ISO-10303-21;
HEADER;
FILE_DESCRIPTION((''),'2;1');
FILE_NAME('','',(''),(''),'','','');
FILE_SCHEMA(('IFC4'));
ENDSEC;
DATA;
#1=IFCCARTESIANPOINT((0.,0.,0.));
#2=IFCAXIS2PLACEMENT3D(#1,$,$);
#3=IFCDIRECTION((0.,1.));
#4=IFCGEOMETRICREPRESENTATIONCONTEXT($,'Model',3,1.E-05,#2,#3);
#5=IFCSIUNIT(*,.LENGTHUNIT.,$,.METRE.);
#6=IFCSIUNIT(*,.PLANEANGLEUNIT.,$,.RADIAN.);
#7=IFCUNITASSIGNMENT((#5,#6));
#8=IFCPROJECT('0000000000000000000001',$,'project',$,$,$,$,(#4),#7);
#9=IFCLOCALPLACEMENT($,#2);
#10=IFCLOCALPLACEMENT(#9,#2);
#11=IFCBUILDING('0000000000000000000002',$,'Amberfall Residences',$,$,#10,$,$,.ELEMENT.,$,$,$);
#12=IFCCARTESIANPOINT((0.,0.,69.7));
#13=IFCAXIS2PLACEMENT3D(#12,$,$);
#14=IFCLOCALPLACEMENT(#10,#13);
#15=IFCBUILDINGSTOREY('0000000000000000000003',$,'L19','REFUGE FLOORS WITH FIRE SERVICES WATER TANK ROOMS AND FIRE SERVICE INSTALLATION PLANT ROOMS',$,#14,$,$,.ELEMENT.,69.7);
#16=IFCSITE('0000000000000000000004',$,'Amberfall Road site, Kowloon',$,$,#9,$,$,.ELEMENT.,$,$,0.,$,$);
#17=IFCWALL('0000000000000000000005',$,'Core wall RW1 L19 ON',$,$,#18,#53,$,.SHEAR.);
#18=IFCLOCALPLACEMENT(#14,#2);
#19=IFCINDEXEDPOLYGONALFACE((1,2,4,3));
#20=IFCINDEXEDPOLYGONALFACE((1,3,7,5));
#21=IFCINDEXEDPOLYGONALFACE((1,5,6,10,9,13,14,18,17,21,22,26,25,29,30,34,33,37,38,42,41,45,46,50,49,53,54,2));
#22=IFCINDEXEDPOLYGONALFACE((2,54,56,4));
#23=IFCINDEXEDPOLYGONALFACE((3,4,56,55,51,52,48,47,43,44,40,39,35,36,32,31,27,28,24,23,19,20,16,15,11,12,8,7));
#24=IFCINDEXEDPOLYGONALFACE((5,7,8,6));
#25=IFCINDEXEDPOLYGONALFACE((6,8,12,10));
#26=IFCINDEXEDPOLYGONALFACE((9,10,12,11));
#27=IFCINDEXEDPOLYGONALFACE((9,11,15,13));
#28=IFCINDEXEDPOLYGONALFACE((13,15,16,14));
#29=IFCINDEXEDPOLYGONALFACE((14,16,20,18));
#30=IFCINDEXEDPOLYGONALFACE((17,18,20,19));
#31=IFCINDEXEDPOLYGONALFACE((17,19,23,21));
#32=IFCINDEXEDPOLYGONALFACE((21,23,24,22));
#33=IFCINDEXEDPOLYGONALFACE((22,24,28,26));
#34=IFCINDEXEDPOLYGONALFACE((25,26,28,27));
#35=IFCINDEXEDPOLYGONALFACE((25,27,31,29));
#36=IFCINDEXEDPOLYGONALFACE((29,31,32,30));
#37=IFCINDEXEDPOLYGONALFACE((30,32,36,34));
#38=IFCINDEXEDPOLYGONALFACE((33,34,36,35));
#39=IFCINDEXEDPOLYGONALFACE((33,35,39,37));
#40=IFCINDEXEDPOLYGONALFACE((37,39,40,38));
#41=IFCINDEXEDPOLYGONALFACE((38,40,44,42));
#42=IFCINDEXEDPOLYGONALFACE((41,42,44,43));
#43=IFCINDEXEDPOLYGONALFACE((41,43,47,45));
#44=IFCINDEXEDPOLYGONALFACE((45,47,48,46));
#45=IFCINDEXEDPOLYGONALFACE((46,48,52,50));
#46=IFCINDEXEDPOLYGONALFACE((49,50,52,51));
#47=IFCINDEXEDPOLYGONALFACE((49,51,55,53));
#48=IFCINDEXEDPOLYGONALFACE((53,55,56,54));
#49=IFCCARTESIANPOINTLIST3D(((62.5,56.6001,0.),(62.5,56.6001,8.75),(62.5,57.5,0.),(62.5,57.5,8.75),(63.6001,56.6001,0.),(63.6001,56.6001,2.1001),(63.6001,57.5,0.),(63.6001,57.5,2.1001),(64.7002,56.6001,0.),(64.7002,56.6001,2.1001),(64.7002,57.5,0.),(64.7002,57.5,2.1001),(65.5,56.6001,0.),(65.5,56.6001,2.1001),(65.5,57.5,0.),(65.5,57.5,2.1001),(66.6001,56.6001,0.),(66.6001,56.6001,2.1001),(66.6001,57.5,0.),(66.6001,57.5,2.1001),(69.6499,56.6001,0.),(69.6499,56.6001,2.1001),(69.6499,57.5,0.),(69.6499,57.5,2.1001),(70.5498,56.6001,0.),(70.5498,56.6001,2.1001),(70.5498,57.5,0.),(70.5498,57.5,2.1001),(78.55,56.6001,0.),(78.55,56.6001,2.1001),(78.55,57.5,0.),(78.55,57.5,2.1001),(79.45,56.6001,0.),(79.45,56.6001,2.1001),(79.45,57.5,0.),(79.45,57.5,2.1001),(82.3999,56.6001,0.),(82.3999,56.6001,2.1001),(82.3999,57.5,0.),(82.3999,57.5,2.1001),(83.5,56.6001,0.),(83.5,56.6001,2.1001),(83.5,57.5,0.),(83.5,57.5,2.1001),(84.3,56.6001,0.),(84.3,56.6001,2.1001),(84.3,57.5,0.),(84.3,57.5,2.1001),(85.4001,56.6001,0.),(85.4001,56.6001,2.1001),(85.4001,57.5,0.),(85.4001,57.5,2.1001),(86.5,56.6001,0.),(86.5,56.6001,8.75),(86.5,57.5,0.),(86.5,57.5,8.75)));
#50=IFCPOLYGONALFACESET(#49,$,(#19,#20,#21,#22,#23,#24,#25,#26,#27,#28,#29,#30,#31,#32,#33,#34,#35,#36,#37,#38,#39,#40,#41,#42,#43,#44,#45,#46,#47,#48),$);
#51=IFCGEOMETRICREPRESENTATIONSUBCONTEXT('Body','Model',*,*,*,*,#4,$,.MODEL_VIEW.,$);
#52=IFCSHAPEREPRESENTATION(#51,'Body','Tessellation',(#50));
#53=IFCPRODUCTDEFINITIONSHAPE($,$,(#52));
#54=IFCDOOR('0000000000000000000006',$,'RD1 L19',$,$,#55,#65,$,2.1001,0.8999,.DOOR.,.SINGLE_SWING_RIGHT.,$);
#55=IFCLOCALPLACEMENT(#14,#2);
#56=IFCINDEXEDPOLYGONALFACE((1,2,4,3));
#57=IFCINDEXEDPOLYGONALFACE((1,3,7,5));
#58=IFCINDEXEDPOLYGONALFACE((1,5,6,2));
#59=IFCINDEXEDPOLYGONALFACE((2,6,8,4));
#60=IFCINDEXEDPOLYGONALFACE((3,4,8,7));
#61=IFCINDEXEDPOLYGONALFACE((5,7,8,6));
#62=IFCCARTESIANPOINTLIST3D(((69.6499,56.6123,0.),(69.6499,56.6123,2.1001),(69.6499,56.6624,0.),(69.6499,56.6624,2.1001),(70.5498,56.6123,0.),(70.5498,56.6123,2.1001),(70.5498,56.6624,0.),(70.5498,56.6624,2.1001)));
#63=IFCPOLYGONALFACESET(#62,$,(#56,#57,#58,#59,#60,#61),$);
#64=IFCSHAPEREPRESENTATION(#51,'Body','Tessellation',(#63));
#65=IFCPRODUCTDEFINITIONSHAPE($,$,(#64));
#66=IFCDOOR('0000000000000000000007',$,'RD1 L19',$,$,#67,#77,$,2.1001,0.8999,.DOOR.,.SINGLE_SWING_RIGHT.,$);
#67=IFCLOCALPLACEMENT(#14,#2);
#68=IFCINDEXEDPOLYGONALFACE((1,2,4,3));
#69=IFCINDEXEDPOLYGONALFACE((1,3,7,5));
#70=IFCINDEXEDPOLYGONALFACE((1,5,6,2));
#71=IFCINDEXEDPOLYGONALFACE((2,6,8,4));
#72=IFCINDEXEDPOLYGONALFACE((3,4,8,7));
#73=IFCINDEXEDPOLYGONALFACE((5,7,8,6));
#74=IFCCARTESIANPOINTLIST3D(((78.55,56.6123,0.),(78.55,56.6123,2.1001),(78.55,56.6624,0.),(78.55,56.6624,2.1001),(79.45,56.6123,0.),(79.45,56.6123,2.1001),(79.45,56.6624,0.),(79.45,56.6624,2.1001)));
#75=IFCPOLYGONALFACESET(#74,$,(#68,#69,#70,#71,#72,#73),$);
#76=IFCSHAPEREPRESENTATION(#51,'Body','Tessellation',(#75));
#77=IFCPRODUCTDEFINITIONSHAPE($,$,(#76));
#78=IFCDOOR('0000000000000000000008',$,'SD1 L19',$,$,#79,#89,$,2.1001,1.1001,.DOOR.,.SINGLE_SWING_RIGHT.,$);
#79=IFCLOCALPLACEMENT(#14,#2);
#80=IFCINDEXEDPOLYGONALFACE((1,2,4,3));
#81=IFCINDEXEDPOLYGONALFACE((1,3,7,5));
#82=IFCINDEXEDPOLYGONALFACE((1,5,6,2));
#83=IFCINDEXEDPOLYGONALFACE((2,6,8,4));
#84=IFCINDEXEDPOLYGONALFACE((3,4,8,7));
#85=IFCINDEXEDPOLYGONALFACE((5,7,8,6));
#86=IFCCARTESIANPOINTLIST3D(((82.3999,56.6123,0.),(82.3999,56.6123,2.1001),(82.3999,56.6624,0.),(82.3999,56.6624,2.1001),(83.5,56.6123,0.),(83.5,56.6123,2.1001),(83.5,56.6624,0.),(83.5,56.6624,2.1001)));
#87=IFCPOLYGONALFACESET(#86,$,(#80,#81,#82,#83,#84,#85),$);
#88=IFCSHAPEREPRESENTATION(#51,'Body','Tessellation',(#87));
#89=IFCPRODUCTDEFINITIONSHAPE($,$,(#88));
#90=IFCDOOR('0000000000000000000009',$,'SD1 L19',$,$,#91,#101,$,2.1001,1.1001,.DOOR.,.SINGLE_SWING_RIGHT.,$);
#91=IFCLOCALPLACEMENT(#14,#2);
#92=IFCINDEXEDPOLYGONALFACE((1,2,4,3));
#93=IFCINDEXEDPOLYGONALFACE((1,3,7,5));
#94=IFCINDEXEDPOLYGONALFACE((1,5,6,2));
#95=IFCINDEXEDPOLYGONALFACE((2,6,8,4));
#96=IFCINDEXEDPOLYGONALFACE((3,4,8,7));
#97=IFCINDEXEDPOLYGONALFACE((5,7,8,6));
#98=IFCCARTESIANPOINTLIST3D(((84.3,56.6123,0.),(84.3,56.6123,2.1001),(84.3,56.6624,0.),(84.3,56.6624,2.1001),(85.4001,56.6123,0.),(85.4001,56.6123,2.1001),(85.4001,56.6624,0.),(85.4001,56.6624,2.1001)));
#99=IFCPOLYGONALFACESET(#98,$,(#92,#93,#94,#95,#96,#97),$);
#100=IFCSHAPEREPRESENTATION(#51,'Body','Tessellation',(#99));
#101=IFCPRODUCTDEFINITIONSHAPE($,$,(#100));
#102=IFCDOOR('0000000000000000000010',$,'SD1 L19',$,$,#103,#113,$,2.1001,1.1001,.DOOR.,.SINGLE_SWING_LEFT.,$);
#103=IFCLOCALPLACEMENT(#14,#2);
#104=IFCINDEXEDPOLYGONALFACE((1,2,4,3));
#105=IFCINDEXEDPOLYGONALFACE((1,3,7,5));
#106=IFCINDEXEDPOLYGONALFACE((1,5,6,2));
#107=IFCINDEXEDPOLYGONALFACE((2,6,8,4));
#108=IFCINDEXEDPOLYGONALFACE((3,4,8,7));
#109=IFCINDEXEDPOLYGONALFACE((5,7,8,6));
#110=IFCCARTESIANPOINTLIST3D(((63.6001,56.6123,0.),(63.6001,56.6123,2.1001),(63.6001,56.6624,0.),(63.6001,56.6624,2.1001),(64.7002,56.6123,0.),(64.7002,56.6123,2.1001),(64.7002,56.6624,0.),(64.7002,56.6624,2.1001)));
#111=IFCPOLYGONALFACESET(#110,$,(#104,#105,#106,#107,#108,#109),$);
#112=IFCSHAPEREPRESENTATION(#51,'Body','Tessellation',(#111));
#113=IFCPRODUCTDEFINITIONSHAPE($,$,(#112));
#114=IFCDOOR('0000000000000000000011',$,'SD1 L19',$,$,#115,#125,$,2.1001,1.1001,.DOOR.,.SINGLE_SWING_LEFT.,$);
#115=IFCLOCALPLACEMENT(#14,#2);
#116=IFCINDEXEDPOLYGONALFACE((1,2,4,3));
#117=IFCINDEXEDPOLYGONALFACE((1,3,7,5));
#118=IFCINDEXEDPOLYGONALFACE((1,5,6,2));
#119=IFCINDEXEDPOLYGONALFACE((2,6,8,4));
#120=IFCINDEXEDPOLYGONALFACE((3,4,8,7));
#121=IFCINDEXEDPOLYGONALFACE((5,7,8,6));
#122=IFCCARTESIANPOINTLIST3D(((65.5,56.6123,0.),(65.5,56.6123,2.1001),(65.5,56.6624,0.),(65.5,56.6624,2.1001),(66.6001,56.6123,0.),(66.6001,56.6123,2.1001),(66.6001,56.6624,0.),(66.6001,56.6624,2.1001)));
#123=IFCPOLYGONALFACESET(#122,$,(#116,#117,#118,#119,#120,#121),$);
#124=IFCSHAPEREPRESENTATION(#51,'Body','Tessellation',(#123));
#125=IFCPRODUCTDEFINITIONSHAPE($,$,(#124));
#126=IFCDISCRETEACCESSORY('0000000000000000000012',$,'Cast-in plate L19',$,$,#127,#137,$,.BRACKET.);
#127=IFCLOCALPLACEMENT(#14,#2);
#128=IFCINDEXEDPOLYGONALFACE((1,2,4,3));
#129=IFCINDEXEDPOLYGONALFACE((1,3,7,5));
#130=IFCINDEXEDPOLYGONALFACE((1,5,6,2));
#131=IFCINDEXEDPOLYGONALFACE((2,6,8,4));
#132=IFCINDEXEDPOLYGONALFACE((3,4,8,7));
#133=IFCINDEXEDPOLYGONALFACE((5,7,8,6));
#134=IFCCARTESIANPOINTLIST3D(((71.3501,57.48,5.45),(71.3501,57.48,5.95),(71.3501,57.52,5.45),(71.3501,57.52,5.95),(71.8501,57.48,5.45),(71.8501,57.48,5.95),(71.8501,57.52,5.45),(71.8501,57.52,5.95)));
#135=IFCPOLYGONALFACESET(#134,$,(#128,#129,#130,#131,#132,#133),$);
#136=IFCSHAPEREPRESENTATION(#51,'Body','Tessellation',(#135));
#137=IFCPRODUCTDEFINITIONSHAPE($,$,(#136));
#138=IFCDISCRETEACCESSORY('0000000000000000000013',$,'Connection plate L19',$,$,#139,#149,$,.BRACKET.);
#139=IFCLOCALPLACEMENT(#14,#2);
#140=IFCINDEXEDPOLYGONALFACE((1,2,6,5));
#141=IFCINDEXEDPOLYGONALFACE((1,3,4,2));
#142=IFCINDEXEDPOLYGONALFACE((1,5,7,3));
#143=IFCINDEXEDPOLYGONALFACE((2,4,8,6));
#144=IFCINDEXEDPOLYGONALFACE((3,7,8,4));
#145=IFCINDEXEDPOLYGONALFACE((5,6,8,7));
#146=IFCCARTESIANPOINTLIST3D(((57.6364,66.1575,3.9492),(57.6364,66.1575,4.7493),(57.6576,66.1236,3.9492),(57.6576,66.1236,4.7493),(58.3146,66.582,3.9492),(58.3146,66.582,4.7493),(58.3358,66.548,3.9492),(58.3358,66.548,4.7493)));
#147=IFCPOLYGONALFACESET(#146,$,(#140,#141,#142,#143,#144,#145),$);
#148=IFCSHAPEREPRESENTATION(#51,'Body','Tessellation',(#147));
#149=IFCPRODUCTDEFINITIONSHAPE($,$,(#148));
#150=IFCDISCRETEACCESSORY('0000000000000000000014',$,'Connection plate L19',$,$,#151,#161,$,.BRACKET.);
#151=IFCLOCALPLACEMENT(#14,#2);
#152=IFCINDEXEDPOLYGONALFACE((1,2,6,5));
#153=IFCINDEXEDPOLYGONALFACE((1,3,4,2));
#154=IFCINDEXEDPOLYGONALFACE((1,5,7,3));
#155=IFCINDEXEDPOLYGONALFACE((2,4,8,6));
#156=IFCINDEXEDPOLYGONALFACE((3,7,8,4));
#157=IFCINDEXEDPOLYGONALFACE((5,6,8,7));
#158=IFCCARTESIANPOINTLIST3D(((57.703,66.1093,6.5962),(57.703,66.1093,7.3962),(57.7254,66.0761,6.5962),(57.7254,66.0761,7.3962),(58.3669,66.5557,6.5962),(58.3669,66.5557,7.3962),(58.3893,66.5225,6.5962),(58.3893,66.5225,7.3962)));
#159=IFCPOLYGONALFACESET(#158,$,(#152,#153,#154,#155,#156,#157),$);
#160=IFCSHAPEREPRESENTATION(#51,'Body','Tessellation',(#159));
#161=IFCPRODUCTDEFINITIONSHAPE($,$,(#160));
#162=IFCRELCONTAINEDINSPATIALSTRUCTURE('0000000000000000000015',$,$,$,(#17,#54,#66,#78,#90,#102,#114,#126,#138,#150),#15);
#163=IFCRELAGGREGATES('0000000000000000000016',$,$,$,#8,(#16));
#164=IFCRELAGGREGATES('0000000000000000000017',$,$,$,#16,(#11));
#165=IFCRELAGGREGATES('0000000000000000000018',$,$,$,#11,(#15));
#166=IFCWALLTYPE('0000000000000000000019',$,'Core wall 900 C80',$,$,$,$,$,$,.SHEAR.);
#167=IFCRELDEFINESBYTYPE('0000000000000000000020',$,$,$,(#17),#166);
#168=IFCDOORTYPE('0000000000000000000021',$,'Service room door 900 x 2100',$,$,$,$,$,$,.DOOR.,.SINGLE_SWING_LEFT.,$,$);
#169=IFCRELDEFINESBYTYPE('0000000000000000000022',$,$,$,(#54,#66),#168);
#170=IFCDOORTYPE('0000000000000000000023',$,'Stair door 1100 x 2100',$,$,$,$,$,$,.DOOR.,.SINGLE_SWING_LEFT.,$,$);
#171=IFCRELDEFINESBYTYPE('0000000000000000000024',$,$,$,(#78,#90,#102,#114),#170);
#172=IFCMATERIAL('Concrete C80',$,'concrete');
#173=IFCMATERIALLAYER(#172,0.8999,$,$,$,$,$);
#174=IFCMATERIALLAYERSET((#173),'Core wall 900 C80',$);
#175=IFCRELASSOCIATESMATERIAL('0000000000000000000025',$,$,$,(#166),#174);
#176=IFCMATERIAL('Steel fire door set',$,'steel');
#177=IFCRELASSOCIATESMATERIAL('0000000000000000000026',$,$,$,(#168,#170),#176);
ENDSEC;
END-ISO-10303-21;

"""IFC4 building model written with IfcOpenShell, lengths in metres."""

from ifc_helpers import new_model, si_unit, direction, frame, frame_2d, origin, origin_2d, place, context, subcontext, project, spatial, rectangle, extrude, material, layer, layer_set, type_object, element, fill, save


model = new_model("IFC4")

# Units and contexts
model_context = context("Model", 3, precision=1e-05, world=origin(), true_north=direction((0.0, 1.0)))
body_context = subcontext(model_context, "Body", "Model", "MODEL_VIEW")
ifc_project = project(units=[si_unit("LENGTHUNIT", "METRE"), si_unit("PLANEANGLEUNIT", "RADIAN")], contexts=[model_context])

# Site, building, storey
site_placement = place(None, origin())
site = spatial("IfcSite", under=ifc_project, at=site_placement, Name="Amberfall Road site, Kowloon", CompositionType="ELEMENT", RefElevation=0.0)
building_placement = place(site_placement, origin())
building = spatial("IfcBuilding", under=site, at=building_placement, Name="Amberfall Residences", CompositionType="ELEMENT")
storey_placement = place(building_placement, frame((0.0, 0.0, 69.7)))
storey = spatial("IfcBuildingStorey", under=building, at=storey_placement, Name="L19", Description="REFUGE FLOORS WITH FIRE SERVICES WATER TANK ROOMS AND FIRE SERVICE INSTALLATION PLANT ROOMS", CompositionType="ELEMENT", Elevation=69.7)

# Wall, openings, doors
ifc_material_1 = material(Name="Concrete C80", Category="concrete")
ifc_layer_1 = layer(ifc_material_1, 0.8999)
ifc_layer_set_1 = layer_set([ifc_layer_1], Name="Core wall 900 C80")
wall_type_1 = type_object("IfcWallType", Name="Core wall 900 C80", PredefinedType="SHEAR", material=ifc_layer_set_1)
wall_1_placement = place(storey_placement, frame((62.5, 57.05, 0.0), z_axis=(0.0, 0.0, 1.0), x_axis=(1.0, 0.0, 0.0)))
wall_1 = element("IfcWall", 1, at=wall_1_placement, inside=storey, type_object=wall_type_1, Name="Core wall RW1 L19 ON", PredefinedType="SHEAR", context=body_context, shape_type="SweptSolid", body=[
    extrude(rectangle(XDim=24.0, YDim=0.8999, at=frame_2d((12.0, 0.0))), origin(), (0.0, 0.0, 1.0), 8.75),
])
opening_1_placement = place(wall_1_placement, frame((19.8999, 0.0, 0.0)))
opening_1 = element("IfcOpeningElement", 2, at=opening_1_placement, cuts=wall_1, PredefinedType="OPENING", context=body_context, shape_type="SweptSolid", body=[
    extrude(rectangle(XDim=1.1001, YDim=2.1001, at=frame_2d((0.55, 1.05))), frame((0.0, 0.46, 0.0), z_axis=(0.0, -1.0, 0.0), x_axis=(1.0, 0.0, 0.0)), (0.0, 0.0, 1.0), 0.9199),
])
opening_2_placement = place(wall_1_placement, frame((21.8, 0.0, 0.0)))
opening_2 = element("IfcOpeningElement", 3, at=opening_2_placement, cuts=wall_1, PredefinedType="OPENING", context=body_context, shape_type="SweptSolid", body=[
    extrude(rectangle(XDim=1.1001, YDim=2.1001, at=frame_2d((0.55, 1.05))), frame((0.0, 0.46, 0.0), z_axis=(0.0, -1.0, 0.0), x_axis=(1.0, 0.0, 0.0)), (0.0, 0.0, 1.0), 0.9199),
])
opening_3_placement = place(wall_1_placement, frame((1.1001, 0.0, 0.0)))
opening_3 = element("IfcOpeningElement", 4, at=opening_3_placement, cuts=wall_1, PredefinedType="OPENING", context=body_context, shape_type="SweptSolid", body=[
    extrude(rectangle(XDim=1.1001, YDim=2.1001, at=frame_2d((0.55, 1.05))), frame((0.0, 0.46, 0.0), z_axis=(0.0, -1.0, 0.0), x_axis=(1.0, 0.0, 0.0)), (0.0, 0.0, 1.0), 0.9199),
])
opening_4_placement = place(wall_1_placement, frame((3.0, 0.0, 0.0)))
opening_4 = element("IfcOpeningElement", 5, at=opening_4_placement, cuts=wall_1, PredefinedType="OPENING", context=body_context, shape_type="SweptSolid", body=[
    extrude(rectangle(XDim=1.1001, YDim=2.1001, at=frame_2d((0.55, 1.05))), frame((0.0, 0.46, 0.0), z_axis=(0.0, -1.0, 0.0), x_axis=(1.0, 0.0, 0.0)), (0.0, 0.0, 1.0), 0.9199),
])
opening_5_placement = place(wall_1_placement, frame((7.1499, 0.0, 0.0)))
opening_5 = element("IfcOpeningElement", 6, at=opening_5_placement, cuts=wall_1, PredefinedType="OPENING", context=body_context, shape_type="SweptSolid", body=[
    extrude(rectangle(XDim=0.8999, YDim=2.1001, at=frame_2d((0.45, 1.05))), frame((0.0, 0.46, 0.0), z_axis=(0.0, -1.0, 0.0), x_axis=(1.0, 0.0, 0.0)), (0.0, 0.0, 1.0), 0.9199),
])
opening_6_placement = place(wall_1_placement, frame((16.05, 0.0, 0.0)))
opening_6 = element("IfcOpeningElement", 7, at=opening_6_placement, cuts=wall_1, PredefinedType="OPENING", context=body_context, shape_type="SweptSolid", body=[
    extrude(rectangle(XDim=0.8999, YDim=2.1001, at=frame_2d((0.45, 1.05))), frame((0.0, 0.46, 0.0), z_axis=(0.0, -1.0, 0.0), x_axis=(1.0, 0.0, 0.0)), (0.0, 0.0, 1.0), 0.9199),
])
ifc_material_2 = material(Name="Steel fire door set", Category="steel")
door_type_1 = type_object("IfcDoorType", Name="Service room door 900 x 2100", OperationType="SINGLE_SWING_LEFT", PredefinedType="DOOR", material=ifc_material_2)
door_1_placement = place(opening_5_placement, origin())
door_1 = element("IfcDoor", 8, at=door_1_placement, inside=storey, type_object=door_type_1, Name="RD1 L19", OperationType="SINGLE_SWING_RIGHT", OverallHeight=2.1001, OverallWidth=0.8999, PredefinedType="DOOR", context=body_context, shape_type="SweptSolid", body=[
    extrude(rectangle(XDim=0.8999, YDim=2.1001, at=frame_2d((0.45, 1.05))), frame((0.0, -0.3877, 0.0), z_axis=(0.0, -1.0, 0.0), x_axis=(1.0, 0.0, 0.0)), (0.0, 0.0, 1.0), 0.05),
])
fill(opening_5, door_1)
door_2_placement = place(opening_6_placement, origin())
door_2 = element("IfcDoor", 9, at=door_2_placement, inside=storey, type_object=door_type_1, Name="RD1 L19", OperationType="SINGLE_SWING_RIGHT", OverallHeight=2.1001, OverallWidth=0.8999, PredefinedType="DOOR", context=body_context, shape_type="SweptSolid", body=[
    extrude(rectangle(XDim=0.8999, YDim=2.1001, at=frame_2d((0.45, 1.05))), frame((0.0, -0.3877, 0.0), z_axis=(0.0, -1.0, 0.0), x_axis=(1.0, 0.0, 0.0)), (0.0, 0.0, 1.0), 0.05),
])
fill(opening_6, door_2)
door_type_2 = type_object("IfcDoorType", Name="Stair door 1100 x 2100", OperationType="SINGLE_SWING_LEFT", PredefinedType="DOOR", material=ifc_material_2)
door_3_placement = place(opening_1_placement, origin())
door_3 = element("IfcDoor", 10, at=door_3_placement, inside=storey, type_object=door_type_2, Name="SD1 L19", OperationType="SINGLE_SWING_RIGHT", OverallHeight=2.1001, OverallWidth=1.1001, PredefinedType="DOOR", context=body_context, shape_type="SweptSolid", body=[
    extrude(rectangle(XDim=1.1001, YDim=2.1001, at=frame_2d((0.55, 1.05))), frame((0.0, -0.3877, 0.0), z_axis=(0.0, -1.0, 0.0), x_axis=(1.0, 0.0, 0.0)), (0.0, 0.0, 1.0), 0.05),
])
fill(opening_1, door_3)
door_4_placement = place(opening_2_placement, origin())
door_4 = element("IfcDoor", 11, at=door_4_placement, inside=storey, type_object=door_type_2, Name="SD1 L19", OperationType="SINGLE_SWING_RIGHT", OverallHeight=2.1001, OverallWidth=1.1001, PredefinedType="DOOR", context=body_context, shape_type="SweptSolid", body=[
    extrude(rectangle(XDim=1.1001, YDim=2.1001, at=frame_2d((0.55, 1.05))), frame((0.0, -0.3877, 0.0), z_axis=(0.0, -1.0, 0.0), x_axis=(1.0, 0.0, 0.0)), (0.0, 0.0, 1.0), 0.05),
])
fill(opening_2, door_4)
door_5_placement = place(opening_3_placement, origin())
door_5 = element("IfcDoor", 12, at=door_5_placement, inside=storey, type_object=door_type_2, Name="SD1 L19", OperationType="SINGLE_SWING_LEFT", OverallHeight=2.1001, OverallWidth=1.1001, PredefinedType="DOOR", context=body_context, shape_type="SweptSolid", body=[
    extrude(rectangle(XDim=1.1001, YDim=2.1001, at=frame_2d((0.55, 1.05))), frame((0.0, -0.3877, 0.0), z_axis=(0.0, -1.0, 0.0), x_axis=(1.0, 0.0, 0.0)), (0.0, 0.0, 1.0), 0.05),
])
fill(opening_3, door_5)
door_6_placement = place(opening_4_placement, origin())
door_6 = element("IfcDoor", 13, at=door_6_placement, inside=storey, type_object=door_type_2, Name="SD1 L19", OperationType="SINGLE_SWING_LEFT", OverallHeight=2.1001, OverallWidth=1.1001, PredefinedType="DOOR", context=body_context, shape_type="SweptSolid", body=[
    extrude(rectangle(XDim=1.1001, YDim=2.1001, at=frame_2d((0.55, 1.05))), frame((0.0, -0.3877, 0.0), z_axis=(0.0, -1.0, 0.0), x_axis=(1.0, 0.0, 0.0)), (0.0, 0.0, 1.0), 0.05),
])
fill(opening_4, door_6)

# Discrete accessories
discrete_accessory_placement = place(storey_placement, frame((71.6001, 57.5, 5.45), z_axis=(0.0, 0.0, 1.0), x_axis=(0.0, 1.0, 0.0)))
element("IfcDiscreteAccessory", 14, at=discrete_accessory_placement, inside=storey, Name="Cast-in plate L19", PredefinedType="BRACKET", context=body_context, shape_type="SweptSolid", body=[
    extrude(rectangle(XDim=0.04, YDim=0.5, at=origin_2d()), origin(), (0.0, 0.0, 1.0), 0.5),
])
for number, where, z_axis, x_axis, name in (
    (15, (57.9861, 66.3528, 3.9492), (0.0, 0.0, 1.0), (0.847687, 0.530496, 0.0), "Connection plate L19"),
    (16, (58.0461, 66.3159, 6.5962), (0.0, 0.0, 1.0), (0.829857, 0.557977, 0.0), "Connection plate L19"),
):
    element("IfcDiscreteAccessory", number, at=place(storey_placement, frame(where, z_axis=z_axis, x_axis=x_axis)), inside=storey, Name=name, PredefinedType="BRACKET", context=body_context, shape_type="SweptSolid", body=[
        extrude(rectangle(XDim=0.8, YDim=0.04, at=origin_2d()), origin(), (0.0, 0.0, 1.0), 0.8),
    ])

save(model, "model.ifc")
